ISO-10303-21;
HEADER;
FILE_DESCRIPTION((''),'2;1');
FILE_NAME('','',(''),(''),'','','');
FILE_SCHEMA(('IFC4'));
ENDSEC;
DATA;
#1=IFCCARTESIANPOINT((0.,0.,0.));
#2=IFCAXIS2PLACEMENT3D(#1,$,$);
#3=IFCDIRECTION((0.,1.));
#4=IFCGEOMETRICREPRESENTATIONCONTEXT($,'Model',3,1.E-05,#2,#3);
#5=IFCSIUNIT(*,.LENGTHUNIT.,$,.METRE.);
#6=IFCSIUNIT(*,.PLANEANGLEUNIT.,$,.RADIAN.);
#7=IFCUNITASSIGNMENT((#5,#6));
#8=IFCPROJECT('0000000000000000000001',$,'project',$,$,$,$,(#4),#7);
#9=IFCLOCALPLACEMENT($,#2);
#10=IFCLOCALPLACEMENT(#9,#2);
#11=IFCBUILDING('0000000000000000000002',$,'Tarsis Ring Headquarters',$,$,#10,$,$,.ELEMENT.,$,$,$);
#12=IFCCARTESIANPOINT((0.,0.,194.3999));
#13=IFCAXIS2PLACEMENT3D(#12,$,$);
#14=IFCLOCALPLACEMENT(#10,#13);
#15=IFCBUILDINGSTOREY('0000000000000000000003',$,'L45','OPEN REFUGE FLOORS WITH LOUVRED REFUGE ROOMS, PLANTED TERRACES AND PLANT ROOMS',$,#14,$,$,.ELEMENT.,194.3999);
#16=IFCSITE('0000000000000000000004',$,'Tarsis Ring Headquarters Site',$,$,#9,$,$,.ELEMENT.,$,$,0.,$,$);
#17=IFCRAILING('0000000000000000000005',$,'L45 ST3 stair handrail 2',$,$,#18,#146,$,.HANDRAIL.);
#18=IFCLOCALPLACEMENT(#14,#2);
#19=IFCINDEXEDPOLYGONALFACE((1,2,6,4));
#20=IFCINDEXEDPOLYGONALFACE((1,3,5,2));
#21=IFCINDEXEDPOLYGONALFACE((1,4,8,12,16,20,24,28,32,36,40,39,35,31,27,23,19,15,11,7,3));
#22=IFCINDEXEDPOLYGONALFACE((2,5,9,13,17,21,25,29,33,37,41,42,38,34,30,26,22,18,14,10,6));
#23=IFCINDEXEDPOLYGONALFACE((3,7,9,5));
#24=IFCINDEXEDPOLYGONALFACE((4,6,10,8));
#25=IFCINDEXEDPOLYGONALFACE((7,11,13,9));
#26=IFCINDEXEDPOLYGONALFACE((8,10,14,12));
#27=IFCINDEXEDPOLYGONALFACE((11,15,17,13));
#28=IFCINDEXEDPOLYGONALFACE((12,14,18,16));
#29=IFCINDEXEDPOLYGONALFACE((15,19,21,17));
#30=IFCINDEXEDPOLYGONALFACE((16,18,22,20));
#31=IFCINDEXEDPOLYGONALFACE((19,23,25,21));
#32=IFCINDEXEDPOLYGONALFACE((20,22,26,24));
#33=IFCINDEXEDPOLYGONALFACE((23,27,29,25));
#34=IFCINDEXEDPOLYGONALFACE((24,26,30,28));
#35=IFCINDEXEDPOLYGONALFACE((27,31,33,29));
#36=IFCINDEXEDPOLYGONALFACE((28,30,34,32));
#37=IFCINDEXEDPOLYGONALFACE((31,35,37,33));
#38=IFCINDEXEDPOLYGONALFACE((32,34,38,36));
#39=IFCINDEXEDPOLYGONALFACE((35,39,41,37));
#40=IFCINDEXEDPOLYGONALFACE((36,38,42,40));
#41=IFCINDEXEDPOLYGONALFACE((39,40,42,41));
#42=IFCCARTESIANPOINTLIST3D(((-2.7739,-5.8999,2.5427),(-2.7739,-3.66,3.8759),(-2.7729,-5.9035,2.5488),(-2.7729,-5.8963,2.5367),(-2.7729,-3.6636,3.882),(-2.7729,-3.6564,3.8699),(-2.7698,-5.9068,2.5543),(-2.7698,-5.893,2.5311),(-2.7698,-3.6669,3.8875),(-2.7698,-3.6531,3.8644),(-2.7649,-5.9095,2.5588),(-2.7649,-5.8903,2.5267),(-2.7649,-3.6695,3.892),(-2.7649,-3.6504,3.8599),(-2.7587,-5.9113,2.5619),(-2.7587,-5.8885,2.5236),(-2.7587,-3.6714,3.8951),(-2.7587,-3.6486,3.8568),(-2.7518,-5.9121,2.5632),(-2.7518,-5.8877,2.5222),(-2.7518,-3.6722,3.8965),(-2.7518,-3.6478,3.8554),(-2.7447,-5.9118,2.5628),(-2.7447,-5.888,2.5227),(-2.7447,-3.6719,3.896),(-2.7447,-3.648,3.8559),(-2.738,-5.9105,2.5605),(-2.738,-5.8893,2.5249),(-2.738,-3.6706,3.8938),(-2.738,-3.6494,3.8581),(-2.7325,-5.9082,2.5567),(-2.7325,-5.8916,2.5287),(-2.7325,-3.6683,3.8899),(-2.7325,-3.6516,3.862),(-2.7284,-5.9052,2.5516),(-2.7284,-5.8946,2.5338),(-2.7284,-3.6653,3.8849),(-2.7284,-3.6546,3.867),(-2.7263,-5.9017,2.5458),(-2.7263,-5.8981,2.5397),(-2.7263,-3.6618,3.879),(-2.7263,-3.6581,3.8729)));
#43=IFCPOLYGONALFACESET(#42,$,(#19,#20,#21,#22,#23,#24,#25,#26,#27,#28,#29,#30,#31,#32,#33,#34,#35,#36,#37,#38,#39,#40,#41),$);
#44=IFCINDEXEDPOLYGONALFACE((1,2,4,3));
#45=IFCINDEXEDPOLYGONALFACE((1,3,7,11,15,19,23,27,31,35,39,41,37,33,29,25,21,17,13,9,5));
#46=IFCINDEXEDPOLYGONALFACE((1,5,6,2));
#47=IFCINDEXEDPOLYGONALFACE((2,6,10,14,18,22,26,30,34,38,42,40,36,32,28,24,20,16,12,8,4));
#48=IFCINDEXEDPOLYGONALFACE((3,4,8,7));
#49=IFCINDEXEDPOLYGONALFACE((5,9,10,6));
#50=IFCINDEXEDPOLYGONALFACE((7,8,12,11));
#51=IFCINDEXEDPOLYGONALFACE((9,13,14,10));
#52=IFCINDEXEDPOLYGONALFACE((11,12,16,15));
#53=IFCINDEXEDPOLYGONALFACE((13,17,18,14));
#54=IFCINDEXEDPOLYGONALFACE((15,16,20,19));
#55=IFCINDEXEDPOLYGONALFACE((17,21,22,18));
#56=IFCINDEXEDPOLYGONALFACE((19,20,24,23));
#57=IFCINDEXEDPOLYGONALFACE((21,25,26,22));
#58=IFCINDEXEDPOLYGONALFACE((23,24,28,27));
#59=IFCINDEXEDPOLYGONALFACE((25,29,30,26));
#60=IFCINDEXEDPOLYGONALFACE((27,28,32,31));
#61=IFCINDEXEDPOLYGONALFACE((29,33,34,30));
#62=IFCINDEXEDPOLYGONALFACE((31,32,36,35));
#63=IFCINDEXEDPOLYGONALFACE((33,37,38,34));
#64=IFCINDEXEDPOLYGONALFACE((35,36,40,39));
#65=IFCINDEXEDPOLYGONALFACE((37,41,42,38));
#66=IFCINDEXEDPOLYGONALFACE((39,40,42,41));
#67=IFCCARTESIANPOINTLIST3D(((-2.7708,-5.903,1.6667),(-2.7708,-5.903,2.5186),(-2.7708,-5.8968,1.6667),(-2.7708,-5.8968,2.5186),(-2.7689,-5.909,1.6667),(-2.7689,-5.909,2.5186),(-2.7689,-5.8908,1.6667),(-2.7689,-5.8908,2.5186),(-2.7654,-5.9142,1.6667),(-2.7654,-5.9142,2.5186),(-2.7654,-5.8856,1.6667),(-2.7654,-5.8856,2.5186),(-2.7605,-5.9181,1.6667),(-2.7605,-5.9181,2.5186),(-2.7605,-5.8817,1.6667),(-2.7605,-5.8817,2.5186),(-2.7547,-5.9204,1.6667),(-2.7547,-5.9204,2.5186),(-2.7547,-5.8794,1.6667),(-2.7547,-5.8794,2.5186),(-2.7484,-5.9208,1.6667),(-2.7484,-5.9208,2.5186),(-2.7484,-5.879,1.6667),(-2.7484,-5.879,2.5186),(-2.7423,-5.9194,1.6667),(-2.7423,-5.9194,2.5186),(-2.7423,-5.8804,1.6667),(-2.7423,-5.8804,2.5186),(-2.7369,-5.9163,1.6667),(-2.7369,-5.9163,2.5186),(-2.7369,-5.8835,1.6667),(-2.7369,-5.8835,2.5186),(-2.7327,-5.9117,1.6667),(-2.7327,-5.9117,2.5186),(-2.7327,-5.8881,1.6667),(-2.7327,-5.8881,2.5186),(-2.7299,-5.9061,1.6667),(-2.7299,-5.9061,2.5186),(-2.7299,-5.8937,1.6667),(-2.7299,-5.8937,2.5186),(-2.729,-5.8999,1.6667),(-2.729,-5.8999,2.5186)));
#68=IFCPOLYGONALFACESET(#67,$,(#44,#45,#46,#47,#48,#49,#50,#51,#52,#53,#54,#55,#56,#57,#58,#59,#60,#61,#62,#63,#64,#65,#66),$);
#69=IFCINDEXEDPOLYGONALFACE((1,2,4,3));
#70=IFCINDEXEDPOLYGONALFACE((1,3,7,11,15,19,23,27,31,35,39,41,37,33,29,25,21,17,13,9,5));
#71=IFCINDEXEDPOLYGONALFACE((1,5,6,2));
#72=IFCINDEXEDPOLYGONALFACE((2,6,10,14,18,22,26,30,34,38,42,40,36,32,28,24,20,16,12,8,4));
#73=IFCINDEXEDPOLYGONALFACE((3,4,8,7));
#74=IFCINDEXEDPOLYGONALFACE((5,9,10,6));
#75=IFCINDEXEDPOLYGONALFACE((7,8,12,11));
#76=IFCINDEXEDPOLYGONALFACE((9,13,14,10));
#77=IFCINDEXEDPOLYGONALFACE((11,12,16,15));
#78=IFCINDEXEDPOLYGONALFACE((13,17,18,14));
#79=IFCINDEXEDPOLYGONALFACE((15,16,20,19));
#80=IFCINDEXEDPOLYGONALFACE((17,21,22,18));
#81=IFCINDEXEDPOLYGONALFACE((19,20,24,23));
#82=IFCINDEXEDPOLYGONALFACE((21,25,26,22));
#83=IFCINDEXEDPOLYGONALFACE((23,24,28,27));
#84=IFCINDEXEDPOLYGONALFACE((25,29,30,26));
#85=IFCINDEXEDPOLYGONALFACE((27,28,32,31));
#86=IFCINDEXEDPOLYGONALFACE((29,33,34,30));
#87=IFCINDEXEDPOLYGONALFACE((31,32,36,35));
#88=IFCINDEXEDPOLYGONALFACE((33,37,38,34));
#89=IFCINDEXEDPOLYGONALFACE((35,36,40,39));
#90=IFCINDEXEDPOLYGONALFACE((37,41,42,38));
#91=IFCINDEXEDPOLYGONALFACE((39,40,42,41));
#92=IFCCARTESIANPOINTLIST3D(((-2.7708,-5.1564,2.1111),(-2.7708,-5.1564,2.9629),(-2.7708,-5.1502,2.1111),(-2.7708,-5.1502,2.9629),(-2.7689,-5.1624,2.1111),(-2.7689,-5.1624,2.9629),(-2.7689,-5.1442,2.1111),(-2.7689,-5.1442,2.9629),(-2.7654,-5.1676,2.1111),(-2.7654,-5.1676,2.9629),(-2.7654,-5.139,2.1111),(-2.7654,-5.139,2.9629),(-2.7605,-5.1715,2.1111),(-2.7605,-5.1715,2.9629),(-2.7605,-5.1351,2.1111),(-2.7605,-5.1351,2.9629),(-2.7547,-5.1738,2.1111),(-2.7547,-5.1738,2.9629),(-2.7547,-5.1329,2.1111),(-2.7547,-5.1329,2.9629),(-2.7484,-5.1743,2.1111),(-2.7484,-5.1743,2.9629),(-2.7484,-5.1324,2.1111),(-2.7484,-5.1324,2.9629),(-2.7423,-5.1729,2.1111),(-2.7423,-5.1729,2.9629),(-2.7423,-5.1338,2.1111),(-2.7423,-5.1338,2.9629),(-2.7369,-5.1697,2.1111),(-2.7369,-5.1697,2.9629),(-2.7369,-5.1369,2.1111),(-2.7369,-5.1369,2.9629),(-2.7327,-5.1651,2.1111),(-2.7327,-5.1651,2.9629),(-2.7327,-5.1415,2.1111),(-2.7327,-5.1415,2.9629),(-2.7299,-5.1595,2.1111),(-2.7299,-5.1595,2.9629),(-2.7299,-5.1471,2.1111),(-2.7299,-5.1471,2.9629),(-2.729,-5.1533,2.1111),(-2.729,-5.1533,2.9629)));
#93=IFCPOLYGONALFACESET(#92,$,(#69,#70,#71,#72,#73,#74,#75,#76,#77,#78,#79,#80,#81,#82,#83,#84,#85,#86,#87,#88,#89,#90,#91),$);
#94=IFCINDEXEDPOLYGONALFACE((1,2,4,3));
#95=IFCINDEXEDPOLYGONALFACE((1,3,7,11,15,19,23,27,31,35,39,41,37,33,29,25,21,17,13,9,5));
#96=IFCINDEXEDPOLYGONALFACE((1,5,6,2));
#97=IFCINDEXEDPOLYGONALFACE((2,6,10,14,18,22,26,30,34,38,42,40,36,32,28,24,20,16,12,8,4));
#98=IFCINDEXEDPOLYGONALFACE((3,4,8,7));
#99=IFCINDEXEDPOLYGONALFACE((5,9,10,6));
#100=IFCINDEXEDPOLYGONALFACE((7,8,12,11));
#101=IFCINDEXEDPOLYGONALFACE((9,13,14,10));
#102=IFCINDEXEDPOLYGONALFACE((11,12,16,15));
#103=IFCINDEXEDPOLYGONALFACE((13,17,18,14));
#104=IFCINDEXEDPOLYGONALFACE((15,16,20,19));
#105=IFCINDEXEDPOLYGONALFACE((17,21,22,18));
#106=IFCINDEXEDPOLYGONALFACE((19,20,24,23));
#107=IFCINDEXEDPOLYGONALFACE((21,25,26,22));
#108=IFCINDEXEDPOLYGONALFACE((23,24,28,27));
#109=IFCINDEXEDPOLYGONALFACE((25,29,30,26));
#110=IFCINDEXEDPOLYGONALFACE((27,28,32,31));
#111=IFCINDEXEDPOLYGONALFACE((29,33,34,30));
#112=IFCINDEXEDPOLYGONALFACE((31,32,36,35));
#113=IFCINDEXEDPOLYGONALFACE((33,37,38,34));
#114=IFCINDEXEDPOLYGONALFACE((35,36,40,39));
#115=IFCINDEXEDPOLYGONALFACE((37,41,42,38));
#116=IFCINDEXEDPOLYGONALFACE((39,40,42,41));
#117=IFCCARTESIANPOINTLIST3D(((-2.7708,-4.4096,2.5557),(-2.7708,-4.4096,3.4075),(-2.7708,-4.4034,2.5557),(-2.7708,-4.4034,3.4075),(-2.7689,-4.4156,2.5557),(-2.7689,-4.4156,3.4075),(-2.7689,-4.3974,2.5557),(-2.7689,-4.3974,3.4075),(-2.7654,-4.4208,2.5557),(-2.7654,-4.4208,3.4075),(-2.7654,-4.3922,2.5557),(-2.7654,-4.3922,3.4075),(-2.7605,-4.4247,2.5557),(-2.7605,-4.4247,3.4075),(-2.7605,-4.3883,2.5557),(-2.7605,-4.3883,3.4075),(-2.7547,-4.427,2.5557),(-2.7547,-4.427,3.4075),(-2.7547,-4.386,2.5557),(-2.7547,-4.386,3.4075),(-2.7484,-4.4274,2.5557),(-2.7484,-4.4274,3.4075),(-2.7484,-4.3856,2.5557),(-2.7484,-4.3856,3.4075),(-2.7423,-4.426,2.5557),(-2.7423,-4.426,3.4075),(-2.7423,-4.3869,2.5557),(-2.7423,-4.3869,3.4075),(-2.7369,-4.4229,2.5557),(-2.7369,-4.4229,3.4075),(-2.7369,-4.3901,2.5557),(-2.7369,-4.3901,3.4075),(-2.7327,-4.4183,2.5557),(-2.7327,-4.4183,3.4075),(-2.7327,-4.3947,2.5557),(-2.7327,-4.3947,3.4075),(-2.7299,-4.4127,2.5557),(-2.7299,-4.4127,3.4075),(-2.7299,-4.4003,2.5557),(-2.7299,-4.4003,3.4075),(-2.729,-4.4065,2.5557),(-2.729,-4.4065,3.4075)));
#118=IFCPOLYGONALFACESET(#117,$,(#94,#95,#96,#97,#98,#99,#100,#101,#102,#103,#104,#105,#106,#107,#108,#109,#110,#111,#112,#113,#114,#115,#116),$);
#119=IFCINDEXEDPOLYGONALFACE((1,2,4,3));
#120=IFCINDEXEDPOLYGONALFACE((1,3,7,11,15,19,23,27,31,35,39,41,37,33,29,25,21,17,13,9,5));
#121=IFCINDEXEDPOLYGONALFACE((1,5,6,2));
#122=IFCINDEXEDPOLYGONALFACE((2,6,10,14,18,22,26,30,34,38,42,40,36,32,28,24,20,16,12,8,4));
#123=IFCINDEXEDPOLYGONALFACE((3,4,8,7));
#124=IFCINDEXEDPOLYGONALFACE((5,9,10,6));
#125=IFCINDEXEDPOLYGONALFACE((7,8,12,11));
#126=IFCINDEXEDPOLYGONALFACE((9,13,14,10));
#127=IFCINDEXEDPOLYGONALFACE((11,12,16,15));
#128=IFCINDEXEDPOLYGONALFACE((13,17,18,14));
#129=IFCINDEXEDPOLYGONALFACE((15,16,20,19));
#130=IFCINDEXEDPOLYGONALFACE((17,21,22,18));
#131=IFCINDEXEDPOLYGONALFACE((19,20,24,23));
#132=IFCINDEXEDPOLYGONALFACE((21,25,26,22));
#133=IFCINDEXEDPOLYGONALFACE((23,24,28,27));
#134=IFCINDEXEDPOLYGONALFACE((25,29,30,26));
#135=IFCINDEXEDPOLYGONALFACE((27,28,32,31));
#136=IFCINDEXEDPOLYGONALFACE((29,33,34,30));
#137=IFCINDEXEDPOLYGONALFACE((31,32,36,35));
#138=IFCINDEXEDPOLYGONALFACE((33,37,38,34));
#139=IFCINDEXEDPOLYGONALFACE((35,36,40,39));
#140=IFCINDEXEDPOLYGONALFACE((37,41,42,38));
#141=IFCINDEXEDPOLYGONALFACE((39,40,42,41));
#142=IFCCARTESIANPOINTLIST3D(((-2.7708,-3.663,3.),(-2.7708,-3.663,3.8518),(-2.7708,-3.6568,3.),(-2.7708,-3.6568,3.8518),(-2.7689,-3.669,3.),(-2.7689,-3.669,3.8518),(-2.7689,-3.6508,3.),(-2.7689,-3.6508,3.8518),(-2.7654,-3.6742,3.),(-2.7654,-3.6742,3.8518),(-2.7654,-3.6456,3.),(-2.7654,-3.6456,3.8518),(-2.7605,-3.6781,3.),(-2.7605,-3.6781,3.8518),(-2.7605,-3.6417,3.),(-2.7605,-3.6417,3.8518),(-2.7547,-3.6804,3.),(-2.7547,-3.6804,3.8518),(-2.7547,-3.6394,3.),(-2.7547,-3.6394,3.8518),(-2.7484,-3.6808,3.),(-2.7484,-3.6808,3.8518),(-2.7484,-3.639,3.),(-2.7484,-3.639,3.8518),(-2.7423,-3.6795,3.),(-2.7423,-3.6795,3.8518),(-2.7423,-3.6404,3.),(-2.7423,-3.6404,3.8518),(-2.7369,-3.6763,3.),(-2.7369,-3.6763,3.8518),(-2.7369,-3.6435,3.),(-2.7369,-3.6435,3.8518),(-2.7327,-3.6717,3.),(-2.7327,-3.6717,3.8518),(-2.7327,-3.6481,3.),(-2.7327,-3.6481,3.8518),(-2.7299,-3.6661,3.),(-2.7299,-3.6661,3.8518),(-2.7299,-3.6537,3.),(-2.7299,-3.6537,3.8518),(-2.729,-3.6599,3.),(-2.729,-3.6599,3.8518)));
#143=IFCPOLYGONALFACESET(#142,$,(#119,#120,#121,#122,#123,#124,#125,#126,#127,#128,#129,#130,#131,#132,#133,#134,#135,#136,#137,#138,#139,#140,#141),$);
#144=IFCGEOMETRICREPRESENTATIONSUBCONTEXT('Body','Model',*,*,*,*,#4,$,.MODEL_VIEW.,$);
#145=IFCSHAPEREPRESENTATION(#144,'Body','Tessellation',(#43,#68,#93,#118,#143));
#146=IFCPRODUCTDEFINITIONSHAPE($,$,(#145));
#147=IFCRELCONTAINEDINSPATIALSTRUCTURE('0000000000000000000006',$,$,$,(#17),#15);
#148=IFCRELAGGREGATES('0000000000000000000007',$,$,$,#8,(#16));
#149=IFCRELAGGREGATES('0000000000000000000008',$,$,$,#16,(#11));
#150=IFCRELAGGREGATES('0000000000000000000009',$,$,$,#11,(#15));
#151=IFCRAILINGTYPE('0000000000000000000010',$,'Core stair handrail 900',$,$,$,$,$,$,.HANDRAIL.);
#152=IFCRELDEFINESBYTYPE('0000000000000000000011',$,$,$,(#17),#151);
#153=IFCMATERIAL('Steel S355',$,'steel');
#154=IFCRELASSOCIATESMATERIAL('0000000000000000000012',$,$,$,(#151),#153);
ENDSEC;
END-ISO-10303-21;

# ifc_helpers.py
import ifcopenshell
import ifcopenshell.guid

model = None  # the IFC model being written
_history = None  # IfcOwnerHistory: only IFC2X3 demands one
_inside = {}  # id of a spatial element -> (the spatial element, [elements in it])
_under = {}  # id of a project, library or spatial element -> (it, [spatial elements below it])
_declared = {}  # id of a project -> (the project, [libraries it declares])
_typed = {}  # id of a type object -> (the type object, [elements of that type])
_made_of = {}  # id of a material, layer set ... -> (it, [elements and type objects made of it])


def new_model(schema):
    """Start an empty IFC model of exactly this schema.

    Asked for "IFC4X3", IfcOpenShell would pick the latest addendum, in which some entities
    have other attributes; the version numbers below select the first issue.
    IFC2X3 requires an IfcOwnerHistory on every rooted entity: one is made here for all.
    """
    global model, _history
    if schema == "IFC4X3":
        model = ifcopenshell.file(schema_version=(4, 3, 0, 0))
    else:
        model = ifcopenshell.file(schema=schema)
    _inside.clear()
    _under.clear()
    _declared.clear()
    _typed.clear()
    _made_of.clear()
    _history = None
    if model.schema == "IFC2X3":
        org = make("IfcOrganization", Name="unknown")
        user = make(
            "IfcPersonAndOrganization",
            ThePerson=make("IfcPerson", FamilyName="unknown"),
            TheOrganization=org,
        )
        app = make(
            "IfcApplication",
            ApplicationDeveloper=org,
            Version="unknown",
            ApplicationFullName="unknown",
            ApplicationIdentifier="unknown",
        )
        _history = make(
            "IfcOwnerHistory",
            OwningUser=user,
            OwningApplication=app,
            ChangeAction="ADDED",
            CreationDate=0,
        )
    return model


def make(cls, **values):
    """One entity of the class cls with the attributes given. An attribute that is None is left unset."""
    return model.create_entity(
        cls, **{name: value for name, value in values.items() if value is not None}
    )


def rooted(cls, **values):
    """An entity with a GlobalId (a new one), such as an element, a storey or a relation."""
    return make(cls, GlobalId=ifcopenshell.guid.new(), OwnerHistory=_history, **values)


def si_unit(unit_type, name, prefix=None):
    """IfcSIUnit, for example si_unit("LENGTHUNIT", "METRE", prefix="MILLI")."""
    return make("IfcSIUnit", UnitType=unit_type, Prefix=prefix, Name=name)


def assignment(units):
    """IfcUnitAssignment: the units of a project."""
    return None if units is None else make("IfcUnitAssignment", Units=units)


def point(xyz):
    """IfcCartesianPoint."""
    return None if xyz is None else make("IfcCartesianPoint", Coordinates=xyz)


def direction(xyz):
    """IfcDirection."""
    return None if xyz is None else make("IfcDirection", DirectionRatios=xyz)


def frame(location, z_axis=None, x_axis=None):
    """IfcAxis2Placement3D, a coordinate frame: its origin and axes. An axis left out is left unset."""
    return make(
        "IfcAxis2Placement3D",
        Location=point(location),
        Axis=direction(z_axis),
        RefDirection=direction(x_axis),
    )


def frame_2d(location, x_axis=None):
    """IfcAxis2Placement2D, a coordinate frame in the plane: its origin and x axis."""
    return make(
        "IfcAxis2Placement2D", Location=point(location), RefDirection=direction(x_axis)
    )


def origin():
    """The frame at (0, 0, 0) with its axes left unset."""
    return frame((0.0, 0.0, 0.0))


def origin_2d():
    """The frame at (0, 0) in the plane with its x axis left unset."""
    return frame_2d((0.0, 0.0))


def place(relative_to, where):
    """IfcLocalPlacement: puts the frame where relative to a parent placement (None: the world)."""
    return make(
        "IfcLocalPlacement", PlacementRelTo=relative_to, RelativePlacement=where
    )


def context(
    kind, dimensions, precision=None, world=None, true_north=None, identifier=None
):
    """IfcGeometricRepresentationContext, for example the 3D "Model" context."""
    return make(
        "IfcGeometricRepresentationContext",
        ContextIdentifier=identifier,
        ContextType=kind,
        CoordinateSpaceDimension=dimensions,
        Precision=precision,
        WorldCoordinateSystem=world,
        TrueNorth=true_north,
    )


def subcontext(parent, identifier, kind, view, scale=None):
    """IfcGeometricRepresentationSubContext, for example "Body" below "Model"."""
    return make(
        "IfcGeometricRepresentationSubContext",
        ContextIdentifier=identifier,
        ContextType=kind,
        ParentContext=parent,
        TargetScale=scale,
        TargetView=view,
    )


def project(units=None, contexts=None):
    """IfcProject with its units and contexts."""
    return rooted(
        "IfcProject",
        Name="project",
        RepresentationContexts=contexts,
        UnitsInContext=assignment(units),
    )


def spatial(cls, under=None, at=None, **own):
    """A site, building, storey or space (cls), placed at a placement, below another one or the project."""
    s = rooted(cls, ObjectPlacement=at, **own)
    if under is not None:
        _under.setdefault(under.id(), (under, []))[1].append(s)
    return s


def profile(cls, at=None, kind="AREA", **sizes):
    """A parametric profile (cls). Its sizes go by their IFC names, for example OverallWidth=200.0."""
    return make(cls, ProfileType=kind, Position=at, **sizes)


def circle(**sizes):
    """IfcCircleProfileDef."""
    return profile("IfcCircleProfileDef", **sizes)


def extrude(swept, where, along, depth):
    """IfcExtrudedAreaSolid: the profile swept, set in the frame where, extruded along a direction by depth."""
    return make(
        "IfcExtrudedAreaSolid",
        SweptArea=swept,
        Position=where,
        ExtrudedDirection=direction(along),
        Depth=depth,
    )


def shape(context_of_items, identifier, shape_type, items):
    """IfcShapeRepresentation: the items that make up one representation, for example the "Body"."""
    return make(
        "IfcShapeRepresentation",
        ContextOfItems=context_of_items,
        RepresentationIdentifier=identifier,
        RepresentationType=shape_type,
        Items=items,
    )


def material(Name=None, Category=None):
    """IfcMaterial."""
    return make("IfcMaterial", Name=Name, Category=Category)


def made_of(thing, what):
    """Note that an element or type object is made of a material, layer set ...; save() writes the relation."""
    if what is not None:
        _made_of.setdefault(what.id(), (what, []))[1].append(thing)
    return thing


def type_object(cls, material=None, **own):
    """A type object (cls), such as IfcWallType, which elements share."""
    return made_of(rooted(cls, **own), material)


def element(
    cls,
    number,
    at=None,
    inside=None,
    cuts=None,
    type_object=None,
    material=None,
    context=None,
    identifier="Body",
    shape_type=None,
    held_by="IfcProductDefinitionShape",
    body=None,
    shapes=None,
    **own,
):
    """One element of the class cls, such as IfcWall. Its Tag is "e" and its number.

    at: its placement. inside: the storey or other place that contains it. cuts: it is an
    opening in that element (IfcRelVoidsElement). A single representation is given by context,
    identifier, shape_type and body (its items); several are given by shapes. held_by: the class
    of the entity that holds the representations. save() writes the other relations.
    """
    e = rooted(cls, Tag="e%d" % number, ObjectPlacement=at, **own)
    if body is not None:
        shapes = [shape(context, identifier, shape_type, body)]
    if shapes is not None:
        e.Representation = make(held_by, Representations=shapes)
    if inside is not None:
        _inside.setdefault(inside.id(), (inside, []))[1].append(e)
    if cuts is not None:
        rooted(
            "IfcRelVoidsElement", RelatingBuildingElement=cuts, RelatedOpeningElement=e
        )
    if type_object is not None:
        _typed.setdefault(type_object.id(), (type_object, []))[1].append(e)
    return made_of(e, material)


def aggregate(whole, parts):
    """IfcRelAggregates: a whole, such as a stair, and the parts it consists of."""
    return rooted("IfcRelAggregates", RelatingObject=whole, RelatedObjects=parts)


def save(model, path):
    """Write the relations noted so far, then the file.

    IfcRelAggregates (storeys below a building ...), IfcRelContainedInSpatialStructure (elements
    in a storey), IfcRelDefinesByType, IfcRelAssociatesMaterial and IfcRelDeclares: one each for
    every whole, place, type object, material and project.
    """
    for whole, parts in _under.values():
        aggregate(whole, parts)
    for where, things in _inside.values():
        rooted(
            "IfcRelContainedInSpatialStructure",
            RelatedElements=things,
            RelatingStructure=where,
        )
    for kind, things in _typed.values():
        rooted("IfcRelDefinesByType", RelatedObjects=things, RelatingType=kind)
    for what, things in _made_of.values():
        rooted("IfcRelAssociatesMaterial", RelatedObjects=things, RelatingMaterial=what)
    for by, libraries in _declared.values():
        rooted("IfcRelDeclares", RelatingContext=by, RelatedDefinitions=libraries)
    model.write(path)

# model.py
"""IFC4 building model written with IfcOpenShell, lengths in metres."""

from ifc_helpers import new_model, si_unit, direction, frame, origin, origin_2d, place, context, subcontext, project, spatial, circle, extrude, material, type_object, element, save


model = new_model("IFC4")

# Units and contexts
model_context = context("Model", 3, precision=1e-05, world=origin(), true_north=direction((0.0, 1.0)))
body_context = subcontext(model_context, "Body", "Model", "MODEL_VIEW")
ifc_project = project(units=[si_unit("LENGTHUNIT", "METRE"), si_unit("PLANEANGLEUNIT", "RADIAN")], contexts=[model_context])

# Site, building, storey
site_placement = place(None, origin())
site = spatial("IfcSite", under=ifc_project, at=site_placement, Name="Tarsis Ring Headquarters Site", CompositionType="ELEMENT", RefElevation=0.0)
building_placement = place(site_placement, origin())
building = spatial("IfcBuilding", under=site, at=building_placement, Name="Tarsis Ring Headquarters", CompositionType="ELEMENT")
storey_placement = place(building_placement, frame((0.0, 0.0, 194.3999)))
storey = spatial("IfcBuildingStorey", under=building, at=storey_placement, Name="L45", Description="OPEN REFUGE FLOORS WITH LOUVRED REFUGE ROOMS, PLANTED TERRACES AND PLANT ROOMS", CompositionType="ELEMENT", Elevation=194.3999)

# Railing
ifc_material_1 = material(Name="Steel S355", Category="steel")
railing_type_1 = type_object("IfcRailingType", Name="Core stair handrail 900", PredefinedType="HANDRAIL", material=ifc_material_1)
for number, where, name in (
    (1, (-2.75, -5.8999, 1.6667), "L45 ST3 stair handrail 2"),
):
    element("IfcRailing", number, at=place(storey_placement, frame(where)), inside=storey, type_object=railing_type_1, Name=name, PredefinedType="HANDRAIL", context=body_context, shape_type="SweptSolid", body=[
        extrude(circle(Radius=0.0239, at=origin_2d()), frame((0.0, 0.0, 0.876), z_axis=(0.0, 0.859306, 0.511462), x_axis=(-1.0, 0.0, 0.0)), (0.0, 0.0, 1.0), 2.6067),
        extrude(circle(Radius=0.021, at=origin_2d()), origin(), (0.0, 0.0, 1.0), 0.8518),
        extrude(circle(Radius=0.021, at=origin_2d()), frame((0.0, 0.7466, 0.4443)), (0.0, 0.0, 1.0), 0.8518),
        extrude(circle(Radius=0.021, at=origin_2d()), frame((0.0, 1.4934, 0.8889)), (0.0, 0.0, 1.0), 0.8518),
        extrude(circle(Radius=0.021, at=origin_2d()), frame((0.0, 2.24, 1.3333)), (0.0, 0.0, 1.0), 0.8518),
    ])

save(model, "model.ifc")
